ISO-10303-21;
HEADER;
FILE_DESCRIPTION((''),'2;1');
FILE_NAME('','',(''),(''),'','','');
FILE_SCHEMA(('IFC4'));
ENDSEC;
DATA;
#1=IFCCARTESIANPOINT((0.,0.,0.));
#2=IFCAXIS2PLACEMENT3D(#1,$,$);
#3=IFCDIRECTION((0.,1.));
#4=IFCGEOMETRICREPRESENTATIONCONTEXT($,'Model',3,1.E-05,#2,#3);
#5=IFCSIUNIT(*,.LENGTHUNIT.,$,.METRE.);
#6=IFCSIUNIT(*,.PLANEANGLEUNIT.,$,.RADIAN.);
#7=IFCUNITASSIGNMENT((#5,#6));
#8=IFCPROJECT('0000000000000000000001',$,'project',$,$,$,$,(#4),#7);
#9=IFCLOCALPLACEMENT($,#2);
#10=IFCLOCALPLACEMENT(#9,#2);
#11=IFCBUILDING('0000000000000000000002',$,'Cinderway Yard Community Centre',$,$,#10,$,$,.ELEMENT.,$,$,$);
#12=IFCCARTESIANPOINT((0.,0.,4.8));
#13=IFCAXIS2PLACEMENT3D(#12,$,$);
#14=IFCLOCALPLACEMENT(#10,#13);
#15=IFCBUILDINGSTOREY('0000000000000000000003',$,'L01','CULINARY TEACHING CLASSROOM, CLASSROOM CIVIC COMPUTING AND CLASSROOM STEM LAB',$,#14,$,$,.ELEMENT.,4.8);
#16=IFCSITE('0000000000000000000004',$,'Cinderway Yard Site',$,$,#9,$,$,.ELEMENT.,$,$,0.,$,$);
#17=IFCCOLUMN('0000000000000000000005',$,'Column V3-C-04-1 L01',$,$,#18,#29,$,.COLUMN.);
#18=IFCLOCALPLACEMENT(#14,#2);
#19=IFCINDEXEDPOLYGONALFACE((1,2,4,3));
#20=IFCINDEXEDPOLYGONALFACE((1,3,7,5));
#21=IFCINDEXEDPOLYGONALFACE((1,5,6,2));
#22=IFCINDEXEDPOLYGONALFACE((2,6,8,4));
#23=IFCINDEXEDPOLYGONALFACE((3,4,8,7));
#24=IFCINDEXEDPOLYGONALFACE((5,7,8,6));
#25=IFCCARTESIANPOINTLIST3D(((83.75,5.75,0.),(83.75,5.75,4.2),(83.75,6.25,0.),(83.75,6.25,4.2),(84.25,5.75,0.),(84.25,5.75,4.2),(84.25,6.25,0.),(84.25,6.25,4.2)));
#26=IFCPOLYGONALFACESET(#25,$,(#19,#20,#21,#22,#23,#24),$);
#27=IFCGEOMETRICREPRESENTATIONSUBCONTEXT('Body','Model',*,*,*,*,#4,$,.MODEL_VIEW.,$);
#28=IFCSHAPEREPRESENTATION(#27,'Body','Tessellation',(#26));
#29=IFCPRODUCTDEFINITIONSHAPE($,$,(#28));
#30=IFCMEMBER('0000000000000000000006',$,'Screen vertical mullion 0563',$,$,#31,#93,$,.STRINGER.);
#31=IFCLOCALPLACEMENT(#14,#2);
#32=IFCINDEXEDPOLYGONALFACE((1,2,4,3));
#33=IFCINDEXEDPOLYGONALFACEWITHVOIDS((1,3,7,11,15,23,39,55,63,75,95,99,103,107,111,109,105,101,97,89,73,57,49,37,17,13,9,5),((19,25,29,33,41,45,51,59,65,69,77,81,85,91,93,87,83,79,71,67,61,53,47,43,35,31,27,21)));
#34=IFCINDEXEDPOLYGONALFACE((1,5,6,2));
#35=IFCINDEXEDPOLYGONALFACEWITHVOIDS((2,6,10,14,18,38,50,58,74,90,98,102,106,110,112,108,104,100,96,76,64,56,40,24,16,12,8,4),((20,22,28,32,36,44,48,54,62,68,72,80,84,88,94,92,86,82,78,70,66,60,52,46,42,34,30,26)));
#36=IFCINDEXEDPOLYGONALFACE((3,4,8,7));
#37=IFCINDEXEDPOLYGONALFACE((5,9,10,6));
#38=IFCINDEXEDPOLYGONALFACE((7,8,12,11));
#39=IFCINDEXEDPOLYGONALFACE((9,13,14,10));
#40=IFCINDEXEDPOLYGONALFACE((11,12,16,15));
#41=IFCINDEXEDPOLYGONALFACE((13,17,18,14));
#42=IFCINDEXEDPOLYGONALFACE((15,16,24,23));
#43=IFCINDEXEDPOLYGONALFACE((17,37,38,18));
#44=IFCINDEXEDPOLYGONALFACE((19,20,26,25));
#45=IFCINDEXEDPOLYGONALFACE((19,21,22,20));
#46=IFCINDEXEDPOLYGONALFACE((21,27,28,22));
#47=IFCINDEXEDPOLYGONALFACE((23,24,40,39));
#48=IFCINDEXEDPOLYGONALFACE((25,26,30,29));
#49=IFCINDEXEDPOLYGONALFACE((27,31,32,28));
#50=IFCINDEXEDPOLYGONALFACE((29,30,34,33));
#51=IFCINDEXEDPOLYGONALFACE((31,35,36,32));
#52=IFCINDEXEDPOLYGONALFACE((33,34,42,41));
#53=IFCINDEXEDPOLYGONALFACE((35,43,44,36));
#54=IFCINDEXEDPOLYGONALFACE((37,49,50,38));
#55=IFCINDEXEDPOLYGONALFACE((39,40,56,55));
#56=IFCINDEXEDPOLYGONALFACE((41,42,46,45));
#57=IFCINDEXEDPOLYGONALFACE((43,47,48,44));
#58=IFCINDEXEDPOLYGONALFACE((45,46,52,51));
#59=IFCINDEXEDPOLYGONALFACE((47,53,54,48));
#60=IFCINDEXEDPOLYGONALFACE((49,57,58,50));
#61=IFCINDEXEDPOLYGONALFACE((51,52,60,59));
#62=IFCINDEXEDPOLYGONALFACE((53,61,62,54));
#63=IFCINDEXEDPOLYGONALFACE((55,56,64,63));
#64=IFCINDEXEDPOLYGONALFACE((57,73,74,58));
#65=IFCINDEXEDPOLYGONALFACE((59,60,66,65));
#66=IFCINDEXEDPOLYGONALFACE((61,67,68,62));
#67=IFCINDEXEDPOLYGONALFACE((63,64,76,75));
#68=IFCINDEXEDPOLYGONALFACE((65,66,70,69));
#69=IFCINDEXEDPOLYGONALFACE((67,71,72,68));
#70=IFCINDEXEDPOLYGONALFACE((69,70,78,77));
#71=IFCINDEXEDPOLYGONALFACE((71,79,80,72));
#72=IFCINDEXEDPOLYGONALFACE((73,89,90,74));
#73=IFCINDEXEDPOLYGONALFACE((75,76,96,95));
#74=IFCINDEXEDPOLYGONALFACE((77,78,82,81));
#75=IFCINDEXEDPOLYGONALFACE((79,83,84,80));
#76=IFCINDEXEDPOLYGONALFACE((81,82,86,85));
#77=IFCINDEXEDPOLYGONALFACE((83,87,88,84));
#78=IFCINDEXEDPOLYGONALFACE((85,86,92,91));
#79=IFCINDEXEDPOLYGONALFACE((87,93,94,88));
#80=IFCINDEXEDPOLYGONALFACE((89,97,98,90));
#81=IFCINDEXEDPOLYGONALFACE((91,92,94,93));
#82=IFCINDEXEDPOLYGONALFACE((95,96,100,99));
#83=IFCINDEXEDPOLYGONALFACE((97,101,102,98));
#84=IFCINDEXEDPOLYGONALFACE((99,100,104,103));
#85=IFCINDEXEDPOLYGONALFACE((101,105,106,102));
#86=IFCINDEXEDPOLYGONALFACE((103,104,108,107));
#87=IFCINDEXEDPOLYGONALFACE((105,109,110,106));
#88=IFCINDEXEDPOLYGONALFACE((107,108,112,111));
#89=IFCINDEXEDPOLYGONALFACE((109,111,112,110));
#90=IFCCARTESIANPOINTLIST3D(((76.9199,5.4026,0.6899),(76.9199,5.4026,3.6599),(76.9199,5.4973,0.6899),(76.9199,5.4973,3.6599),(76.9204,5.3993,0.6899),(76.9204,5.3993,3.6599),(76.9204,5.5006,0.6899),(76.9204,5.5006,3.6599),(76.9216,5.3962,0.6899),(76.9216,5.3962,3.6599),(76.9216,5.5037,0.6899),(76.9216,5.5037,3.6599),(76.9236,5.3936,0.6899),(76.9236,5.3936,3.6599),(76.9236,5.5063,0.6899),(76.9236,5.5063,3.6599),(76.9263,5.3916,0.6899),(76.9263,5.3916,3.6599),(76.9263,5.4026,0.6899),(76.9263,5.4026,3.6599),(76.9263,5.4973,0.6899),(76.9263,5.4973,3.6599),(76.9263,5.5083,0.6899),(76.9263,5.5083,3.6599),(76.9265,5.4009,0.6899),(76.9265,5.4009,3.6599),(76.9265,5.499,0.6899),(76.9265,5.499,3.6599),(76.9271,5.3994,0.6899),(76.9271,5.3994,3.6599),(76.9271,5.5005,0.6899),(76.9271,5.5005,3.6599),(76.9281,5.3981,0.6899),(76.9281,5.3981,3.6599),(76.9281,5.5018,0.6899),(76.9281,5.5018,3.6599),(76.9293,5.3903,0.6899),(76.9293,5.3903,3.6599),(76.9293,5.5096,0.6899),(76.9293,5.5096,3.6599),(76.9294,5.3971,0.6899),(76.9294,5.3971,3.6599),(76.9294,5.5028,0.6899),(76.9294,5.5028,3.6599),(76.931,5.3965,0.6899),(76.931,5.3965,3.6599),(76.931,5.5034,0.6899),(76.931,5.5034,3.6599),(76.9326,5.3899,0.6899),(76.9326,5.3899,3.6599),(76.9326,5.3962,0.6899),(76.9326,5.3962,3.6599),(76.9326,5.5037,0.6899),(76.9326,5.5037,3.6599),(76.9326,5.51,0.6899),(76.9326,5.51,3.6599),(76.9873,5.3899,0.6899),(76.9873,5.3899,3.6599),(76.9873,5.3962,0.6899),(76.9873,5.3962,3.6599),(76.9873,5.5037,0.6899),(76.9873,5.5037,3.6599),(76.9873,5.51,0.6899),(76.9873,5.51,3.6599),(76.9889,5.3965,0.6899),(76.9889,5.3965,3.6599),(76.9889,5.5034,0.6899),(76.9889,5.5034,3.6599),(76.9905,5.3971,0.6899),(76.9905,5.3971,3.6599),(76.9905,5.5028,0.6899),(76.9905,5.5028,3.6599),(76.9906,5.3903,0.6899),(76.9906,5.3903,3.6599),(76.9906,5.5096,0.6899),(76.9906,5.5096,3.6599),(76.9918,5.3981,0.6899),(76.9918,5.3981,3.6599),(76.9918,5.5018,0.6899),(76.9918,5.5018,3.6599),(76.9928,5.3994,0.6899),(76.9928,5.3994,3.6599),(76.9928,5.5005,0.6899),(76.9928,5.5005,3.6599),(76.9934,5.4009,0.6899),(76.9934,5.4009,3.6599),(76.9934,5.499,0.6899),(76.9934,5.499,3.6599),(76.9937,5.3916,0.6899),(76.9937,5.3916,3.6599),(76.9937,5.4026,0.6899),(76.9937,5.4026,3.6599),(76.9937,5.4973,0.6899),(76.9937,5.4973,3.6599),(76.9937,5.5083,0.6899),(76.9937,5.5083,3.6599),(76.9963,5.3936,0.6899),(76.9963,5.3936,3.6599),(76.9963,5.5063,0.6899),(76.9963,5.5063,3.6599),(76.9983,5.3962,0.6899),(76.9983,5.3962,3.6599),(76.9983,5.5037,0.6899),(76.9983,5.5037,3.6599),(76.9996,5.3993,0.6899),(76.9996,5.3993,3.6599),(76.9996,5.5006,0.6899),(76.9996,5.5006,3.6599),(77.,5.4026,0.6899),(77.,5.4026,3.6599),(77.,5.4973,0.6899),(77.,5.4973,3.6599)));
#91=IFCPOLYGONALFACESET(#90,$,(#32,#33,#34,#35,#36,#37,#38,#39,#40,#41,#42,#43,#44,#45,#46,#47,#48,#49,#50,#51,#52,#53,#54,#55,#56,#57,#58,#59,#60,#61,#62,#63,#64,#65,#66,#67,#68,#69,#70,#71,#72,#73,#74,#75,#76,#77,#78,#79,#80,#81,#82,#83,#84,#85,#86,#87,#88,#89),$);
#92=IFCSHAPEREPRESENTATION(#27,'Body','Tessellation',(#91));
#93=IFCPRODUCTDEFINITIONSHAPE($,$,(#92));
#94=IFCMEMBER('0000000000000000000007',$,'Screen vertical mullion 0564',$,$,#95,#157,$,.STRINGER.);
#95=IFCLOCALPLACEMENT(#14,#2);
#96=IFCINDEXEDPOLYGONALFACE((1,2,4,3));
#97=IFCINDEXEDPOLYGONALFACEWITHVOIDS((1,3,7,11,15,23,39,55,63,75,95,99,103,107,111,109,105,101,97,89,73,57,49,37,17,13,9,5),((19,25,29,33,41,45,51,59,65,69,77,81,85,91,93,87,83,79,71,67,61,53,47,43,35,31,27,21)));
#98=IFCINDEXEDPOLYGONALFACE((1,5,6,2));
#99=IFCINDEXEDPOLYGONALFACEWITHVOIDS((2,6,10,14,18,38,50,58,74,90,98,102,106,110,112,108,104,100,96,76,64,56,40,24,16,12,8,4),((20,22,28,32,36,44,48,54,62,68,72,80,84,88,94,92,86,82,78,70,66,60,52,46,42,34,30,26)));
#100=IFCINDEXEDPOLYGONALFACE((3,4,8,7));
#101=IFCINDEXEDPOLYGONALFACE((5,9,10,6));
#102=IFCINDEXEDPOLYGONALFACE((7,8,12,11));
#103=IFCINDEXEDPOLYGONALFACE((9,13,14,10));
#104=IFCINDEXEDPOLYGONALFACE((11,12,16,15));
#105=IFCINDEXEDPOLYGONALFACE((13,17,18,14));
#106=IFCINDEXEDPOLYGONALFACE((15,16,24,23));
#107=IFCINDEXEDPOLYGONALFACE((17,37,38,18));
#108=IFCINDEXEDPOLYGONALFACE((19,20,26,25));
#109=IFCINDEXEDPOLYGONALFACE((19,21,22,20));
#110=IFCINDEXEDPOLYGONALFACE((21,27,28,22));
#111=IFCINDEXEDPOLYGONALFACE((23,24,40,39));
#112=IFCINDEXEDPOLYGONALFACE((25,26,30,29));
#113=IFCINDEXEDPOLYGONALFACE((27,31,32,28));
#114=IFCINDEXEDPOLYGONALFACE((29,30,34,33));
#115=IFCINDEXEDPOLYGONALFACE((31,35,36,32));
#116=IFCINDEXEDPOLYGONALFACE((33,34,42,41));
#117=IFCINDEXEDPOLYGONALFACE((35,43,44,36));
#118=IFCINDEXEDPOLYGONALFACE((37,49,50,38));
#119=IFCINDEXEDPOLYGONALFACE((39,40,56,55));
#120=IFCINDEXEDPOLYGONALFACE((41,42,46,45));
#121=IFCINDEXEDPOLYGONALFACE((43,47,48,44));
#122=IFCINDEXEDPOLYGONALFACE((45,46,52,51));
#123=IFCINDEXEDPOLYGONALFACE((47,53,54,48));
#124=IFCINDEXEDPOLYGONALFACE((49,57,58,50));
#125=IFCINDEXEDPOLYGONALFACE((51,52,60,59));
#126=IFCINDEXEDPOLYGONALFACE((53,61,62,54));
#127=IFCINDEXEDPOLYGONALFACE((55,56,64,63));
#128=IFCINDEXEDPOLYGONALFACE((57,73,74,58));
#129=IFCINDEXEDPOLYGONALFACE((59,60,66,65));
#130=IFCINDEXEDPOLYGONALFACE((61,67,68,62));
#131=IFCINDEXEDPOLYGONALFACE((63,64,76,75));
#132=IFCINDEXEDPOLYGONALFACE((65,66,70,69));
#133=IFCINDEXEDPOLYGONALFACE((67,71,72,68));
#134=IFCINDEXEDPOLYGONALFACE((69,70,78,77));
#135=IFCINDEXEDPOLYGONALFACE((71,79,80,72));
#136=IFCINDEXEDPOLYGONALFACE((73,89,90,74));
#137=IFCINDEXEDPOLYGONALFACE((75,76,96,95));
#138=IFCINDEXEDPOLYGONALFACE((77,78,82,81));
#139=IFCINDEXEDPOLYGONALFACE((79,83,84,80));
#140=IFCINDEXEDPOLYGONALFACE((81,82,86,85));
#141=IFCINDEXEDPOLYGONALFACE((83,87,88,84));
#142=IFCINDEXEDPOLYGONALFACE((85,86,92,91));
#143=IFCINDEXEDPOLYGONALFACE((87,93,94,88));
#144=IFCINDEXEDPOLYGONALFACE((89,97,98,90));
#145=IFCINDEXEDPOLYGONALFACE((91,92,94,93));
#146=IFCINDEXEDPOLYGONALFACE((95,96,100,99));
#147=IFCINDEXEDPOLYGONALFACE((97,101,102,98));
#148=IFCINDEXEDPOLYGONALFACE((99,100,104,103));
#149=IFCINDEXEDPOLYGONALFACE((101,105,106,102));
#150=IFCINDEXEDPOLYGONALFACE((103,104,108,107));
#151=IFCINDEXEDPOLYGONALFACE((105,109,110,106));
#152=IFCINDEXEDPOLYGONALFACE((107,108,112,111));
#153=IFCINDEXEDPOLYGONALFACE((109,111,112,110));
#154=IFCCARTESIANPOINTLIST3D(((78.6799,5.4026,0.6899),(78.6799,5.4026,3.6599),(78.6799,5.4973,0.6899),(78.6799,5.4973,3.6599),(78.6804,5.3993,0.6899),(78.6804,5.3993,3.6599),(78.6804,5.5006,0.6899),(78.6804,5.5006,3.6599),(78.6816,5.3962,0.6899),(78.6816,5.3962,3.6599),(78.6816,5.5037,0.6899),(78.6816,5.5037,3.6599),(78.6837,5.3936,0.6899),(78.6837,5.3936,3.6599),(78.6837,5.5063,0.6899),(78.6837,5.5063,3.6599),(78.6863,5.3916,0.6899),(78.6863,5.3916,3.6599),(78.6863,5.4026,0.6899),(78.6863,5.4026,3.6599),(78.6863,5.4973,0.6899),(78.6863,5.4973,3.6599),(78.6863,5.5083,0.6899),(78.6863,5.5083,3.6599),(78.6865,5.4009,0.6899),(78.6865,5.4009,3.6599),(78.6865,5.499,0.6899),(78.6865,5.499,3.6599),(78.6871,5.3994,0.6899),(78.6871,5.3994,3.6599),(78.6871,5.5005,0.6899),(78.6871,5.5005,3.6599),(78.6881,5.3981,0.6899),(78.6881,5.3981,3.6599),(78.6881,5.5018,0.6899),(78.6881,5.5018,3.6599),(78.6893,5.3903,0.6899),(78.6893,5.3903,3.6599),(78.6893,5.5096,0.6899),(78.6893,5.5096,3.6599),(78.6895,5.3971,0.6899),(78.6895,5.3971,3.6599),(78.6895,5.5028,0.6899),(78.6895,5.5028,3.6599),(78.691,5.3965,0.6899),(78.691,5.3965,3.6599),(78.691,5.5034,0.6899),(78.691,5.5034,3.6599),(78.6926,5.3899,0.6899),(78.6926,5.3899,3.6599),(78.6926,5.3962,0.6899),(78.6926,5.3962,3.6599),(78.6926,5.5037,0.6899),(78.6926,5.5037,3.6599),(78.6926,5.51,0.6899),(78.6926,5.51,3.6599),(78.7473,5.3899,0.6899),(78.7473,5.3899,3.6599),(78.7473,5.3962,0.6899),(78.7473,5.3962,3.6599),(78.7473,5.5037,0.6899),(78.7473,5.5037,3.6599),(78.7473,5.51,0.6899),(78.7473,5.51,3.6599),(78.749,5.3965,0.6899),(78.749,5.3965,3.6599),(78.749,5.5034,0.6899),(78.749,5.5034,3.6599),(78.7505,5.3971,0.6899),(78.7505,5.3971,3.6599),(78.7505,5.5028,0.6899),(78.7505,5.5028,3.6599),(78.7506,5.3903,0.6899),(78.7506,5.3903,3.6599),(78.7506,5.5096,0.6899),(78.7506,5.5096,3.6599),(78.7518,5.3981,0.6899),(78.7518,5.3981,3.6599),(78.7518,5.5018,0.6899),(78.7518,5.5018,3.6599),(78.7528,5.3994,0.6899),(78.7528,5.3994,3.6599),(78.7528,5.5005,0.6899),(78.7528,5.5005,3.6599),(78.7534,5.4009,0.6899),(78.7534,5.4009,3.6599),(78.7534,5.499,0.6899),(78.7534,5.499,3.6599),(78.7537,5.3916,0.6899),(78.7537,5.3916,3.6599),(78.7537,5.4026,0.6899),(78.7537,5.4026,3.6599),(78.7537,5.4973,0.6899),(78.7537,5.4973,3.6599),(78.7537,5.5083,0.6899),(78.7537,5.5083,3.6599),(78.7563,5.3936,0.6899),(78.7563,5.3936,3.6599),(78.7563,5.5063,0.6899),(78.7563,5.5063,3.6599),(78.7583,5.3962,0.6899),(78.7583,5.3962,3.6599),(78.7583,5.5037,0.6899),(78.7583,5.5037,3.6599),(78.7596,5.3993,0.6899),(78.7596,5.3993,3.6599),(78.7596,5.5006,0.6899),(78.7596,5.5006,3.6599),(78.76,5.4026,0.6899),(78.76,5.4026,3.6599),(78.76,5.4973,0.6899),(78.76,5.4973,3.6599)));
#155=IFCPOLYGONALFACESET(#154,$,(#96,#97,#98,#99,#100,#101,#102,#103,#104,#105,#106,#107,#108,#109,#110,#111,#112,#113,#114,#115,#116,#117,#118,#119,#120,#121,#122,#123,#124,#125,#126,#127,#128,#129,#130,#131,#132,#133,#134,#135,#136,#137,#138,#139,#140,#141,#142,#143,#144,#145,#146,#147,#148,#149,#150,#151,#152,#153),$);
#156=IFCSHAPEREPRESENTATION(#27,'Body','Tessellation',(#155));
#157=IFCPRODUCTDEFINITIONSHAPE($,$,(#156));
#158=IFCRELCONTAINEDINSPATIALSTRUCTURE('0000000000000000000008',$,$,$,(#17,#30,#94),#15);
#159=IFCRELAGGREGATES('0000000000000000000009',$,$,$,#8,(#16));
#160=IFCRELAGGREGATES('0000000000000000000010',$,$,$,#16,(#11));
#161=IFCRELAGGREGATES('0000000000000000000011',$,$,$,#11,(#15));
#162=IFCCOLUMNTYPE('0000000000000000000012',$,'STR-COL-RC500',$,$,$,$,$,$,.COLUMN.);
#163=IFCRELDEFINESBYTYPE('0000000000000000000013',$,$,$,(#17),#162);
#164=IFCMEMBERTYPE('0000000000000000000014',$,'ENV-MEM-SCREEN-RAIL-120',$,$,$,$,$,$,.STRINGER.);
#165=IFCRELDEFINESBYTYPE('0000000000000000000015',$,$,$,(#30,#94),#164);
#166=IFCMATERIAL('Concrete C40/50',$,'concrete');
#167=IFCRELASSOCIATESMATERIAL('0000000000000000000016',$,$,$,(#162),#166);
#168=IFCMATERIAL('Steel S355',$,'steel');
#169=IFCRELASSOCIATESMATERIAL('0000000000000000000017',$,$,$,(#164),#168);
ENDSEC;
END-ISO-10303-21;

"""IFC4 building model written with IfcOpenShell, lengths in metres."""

from ifc_helpers import new_model, si_unit, direction, frame, origin, origin_2d, place, context, subcontext, project, spatial, rectangle, hollow_rectangle, extrude, material, material_profile, profile_set, type_object, element, save


model = new_model("IFC4")

# Units and contexts
model_context = context("Model", 3, precision=1e-05, world=origin(), true_north=direction((0.0, 1.0)))
body_context = subcontext(model_context, "Body", "Model", "MODEL_VIEW")
ifc_project = project(units=[si_unit("LENGTHUNIT", "METRE"), si_unit("PLANEANGLEUNIT", "RADIAN")], contexts=[model_context])

# Site, building, storey
site_placement = place(None, origin())
site = spatial("IfcSite", under=ifc_project, at=site_placement, Name="Cinderway Yard Site", CompositionType="ELEMENT", RefElevation=0.0)
building_placement = place(site_placement, origin())
building = spatial("IfcBuilding", under=site, at=building_placement, Name="Cinderway Yard Community Centre", CompositionType="ELEMENT")
storey_placement = place(building_placement, frame((0.0, 0.0, 4.8)))
storey = spatial("IfcBuildingStorey", under=building, at=storey_placement, Name="L01", Description="CULINARY TEACHING CLASSROOM, CLASSROOM CIVIC COMPUTING AND CLASSROOM STEM LAB", CompositionType="ELEMENT", Elevation=4.8)

# Column
ifc_material_1 = material(Name="Concrete C40/50", Category="concrete")
ifc_material_profile_1 = material_profile(ifc_material_1, rectangle(XDim=0.5, YDim=0.5, at=origin_2d()), Name="Concrete C40/50")
ifc_profile_set_1 = profile_set([ifc_material_profile_1], Name="Concrete C40/50")
column_type = type_object("IfcColumnType", Name="STR-COL-RC500", PredefinedType="COLUMN", material=ifc_profile_set_1)
column_placement = place(storey_placement, frame((84.0, 6.0, 0.0), z_axis=(0.0, 0.0, 1.0), x_axis=(1.0, 0.0, 0.0)))
element("IfcColumn", 1, at=column_placement, inside=storey, type_object=column_type, Name="Column V3-C-04-1 L01", PredefinedType="COLUMN", context=body_context, shape_type="SweptSolid", body=[
    extrude(rectangle(XDim=0.5, YDim=0.5, at=origin_2d()), origin(), (0.0, 0.0, 1.0), 4.2),
])

# Members
ifc_material_2 = material(Name="Steel S355", Category="steel")
ifc_material_profile_2 = material_profile(ifc_material_2, hollow_rectangle(XDim=0.0801, YDim=0.1201, WallThickness=0.0063, InnerFilletRadius=0.0063, OuterFilletRadius=0.0127, at=origin_2d()), Name="Steel S355")
ifc_profile_set_2 = profile_set([ifc_material_profile_2], Name="Steel S355")
member_type_1 = type_object("IfcMemberType", Name="ENV-MEM-SCREEN-RAIL-120", PredefinedType="STRINGER", material=ifc_profile_set_2)
for number, where, z_axis, x_axis, name in (
    (2, (76.96, 5.45, 0.6899), (0.0, 0.0, 1.0), (1.0, 0.0, 0.0), "Screen vertical mullion 0563"),
    (3, (78.72, 5.45, 0.6899), (0.0, 0.0, 1.0), (1.0, 0.0, 0.0), "Screen vertical mullion 0564"),
):
    element("IfcMember", number, at=place(storey_placement, frame(where, z_axis=z_axis, x_axis=x_axis)), inside=storey, type_object=member_type_1, Name=name, PredefinedType="STRINGER", context=body_context, shape_type="SweptSolid", body=[
        extrude(hollow_rectangle(XDim=0.0801, YDim=0.1201, WallThickness=0.0063, InnerFilletRadius=0.0063, OuterFilletRadius=0.0127, at=origin_2d()), origin(), (0.0, 0.0, 1.0), 2.97),
    ])

save(model, "model.ifc")
